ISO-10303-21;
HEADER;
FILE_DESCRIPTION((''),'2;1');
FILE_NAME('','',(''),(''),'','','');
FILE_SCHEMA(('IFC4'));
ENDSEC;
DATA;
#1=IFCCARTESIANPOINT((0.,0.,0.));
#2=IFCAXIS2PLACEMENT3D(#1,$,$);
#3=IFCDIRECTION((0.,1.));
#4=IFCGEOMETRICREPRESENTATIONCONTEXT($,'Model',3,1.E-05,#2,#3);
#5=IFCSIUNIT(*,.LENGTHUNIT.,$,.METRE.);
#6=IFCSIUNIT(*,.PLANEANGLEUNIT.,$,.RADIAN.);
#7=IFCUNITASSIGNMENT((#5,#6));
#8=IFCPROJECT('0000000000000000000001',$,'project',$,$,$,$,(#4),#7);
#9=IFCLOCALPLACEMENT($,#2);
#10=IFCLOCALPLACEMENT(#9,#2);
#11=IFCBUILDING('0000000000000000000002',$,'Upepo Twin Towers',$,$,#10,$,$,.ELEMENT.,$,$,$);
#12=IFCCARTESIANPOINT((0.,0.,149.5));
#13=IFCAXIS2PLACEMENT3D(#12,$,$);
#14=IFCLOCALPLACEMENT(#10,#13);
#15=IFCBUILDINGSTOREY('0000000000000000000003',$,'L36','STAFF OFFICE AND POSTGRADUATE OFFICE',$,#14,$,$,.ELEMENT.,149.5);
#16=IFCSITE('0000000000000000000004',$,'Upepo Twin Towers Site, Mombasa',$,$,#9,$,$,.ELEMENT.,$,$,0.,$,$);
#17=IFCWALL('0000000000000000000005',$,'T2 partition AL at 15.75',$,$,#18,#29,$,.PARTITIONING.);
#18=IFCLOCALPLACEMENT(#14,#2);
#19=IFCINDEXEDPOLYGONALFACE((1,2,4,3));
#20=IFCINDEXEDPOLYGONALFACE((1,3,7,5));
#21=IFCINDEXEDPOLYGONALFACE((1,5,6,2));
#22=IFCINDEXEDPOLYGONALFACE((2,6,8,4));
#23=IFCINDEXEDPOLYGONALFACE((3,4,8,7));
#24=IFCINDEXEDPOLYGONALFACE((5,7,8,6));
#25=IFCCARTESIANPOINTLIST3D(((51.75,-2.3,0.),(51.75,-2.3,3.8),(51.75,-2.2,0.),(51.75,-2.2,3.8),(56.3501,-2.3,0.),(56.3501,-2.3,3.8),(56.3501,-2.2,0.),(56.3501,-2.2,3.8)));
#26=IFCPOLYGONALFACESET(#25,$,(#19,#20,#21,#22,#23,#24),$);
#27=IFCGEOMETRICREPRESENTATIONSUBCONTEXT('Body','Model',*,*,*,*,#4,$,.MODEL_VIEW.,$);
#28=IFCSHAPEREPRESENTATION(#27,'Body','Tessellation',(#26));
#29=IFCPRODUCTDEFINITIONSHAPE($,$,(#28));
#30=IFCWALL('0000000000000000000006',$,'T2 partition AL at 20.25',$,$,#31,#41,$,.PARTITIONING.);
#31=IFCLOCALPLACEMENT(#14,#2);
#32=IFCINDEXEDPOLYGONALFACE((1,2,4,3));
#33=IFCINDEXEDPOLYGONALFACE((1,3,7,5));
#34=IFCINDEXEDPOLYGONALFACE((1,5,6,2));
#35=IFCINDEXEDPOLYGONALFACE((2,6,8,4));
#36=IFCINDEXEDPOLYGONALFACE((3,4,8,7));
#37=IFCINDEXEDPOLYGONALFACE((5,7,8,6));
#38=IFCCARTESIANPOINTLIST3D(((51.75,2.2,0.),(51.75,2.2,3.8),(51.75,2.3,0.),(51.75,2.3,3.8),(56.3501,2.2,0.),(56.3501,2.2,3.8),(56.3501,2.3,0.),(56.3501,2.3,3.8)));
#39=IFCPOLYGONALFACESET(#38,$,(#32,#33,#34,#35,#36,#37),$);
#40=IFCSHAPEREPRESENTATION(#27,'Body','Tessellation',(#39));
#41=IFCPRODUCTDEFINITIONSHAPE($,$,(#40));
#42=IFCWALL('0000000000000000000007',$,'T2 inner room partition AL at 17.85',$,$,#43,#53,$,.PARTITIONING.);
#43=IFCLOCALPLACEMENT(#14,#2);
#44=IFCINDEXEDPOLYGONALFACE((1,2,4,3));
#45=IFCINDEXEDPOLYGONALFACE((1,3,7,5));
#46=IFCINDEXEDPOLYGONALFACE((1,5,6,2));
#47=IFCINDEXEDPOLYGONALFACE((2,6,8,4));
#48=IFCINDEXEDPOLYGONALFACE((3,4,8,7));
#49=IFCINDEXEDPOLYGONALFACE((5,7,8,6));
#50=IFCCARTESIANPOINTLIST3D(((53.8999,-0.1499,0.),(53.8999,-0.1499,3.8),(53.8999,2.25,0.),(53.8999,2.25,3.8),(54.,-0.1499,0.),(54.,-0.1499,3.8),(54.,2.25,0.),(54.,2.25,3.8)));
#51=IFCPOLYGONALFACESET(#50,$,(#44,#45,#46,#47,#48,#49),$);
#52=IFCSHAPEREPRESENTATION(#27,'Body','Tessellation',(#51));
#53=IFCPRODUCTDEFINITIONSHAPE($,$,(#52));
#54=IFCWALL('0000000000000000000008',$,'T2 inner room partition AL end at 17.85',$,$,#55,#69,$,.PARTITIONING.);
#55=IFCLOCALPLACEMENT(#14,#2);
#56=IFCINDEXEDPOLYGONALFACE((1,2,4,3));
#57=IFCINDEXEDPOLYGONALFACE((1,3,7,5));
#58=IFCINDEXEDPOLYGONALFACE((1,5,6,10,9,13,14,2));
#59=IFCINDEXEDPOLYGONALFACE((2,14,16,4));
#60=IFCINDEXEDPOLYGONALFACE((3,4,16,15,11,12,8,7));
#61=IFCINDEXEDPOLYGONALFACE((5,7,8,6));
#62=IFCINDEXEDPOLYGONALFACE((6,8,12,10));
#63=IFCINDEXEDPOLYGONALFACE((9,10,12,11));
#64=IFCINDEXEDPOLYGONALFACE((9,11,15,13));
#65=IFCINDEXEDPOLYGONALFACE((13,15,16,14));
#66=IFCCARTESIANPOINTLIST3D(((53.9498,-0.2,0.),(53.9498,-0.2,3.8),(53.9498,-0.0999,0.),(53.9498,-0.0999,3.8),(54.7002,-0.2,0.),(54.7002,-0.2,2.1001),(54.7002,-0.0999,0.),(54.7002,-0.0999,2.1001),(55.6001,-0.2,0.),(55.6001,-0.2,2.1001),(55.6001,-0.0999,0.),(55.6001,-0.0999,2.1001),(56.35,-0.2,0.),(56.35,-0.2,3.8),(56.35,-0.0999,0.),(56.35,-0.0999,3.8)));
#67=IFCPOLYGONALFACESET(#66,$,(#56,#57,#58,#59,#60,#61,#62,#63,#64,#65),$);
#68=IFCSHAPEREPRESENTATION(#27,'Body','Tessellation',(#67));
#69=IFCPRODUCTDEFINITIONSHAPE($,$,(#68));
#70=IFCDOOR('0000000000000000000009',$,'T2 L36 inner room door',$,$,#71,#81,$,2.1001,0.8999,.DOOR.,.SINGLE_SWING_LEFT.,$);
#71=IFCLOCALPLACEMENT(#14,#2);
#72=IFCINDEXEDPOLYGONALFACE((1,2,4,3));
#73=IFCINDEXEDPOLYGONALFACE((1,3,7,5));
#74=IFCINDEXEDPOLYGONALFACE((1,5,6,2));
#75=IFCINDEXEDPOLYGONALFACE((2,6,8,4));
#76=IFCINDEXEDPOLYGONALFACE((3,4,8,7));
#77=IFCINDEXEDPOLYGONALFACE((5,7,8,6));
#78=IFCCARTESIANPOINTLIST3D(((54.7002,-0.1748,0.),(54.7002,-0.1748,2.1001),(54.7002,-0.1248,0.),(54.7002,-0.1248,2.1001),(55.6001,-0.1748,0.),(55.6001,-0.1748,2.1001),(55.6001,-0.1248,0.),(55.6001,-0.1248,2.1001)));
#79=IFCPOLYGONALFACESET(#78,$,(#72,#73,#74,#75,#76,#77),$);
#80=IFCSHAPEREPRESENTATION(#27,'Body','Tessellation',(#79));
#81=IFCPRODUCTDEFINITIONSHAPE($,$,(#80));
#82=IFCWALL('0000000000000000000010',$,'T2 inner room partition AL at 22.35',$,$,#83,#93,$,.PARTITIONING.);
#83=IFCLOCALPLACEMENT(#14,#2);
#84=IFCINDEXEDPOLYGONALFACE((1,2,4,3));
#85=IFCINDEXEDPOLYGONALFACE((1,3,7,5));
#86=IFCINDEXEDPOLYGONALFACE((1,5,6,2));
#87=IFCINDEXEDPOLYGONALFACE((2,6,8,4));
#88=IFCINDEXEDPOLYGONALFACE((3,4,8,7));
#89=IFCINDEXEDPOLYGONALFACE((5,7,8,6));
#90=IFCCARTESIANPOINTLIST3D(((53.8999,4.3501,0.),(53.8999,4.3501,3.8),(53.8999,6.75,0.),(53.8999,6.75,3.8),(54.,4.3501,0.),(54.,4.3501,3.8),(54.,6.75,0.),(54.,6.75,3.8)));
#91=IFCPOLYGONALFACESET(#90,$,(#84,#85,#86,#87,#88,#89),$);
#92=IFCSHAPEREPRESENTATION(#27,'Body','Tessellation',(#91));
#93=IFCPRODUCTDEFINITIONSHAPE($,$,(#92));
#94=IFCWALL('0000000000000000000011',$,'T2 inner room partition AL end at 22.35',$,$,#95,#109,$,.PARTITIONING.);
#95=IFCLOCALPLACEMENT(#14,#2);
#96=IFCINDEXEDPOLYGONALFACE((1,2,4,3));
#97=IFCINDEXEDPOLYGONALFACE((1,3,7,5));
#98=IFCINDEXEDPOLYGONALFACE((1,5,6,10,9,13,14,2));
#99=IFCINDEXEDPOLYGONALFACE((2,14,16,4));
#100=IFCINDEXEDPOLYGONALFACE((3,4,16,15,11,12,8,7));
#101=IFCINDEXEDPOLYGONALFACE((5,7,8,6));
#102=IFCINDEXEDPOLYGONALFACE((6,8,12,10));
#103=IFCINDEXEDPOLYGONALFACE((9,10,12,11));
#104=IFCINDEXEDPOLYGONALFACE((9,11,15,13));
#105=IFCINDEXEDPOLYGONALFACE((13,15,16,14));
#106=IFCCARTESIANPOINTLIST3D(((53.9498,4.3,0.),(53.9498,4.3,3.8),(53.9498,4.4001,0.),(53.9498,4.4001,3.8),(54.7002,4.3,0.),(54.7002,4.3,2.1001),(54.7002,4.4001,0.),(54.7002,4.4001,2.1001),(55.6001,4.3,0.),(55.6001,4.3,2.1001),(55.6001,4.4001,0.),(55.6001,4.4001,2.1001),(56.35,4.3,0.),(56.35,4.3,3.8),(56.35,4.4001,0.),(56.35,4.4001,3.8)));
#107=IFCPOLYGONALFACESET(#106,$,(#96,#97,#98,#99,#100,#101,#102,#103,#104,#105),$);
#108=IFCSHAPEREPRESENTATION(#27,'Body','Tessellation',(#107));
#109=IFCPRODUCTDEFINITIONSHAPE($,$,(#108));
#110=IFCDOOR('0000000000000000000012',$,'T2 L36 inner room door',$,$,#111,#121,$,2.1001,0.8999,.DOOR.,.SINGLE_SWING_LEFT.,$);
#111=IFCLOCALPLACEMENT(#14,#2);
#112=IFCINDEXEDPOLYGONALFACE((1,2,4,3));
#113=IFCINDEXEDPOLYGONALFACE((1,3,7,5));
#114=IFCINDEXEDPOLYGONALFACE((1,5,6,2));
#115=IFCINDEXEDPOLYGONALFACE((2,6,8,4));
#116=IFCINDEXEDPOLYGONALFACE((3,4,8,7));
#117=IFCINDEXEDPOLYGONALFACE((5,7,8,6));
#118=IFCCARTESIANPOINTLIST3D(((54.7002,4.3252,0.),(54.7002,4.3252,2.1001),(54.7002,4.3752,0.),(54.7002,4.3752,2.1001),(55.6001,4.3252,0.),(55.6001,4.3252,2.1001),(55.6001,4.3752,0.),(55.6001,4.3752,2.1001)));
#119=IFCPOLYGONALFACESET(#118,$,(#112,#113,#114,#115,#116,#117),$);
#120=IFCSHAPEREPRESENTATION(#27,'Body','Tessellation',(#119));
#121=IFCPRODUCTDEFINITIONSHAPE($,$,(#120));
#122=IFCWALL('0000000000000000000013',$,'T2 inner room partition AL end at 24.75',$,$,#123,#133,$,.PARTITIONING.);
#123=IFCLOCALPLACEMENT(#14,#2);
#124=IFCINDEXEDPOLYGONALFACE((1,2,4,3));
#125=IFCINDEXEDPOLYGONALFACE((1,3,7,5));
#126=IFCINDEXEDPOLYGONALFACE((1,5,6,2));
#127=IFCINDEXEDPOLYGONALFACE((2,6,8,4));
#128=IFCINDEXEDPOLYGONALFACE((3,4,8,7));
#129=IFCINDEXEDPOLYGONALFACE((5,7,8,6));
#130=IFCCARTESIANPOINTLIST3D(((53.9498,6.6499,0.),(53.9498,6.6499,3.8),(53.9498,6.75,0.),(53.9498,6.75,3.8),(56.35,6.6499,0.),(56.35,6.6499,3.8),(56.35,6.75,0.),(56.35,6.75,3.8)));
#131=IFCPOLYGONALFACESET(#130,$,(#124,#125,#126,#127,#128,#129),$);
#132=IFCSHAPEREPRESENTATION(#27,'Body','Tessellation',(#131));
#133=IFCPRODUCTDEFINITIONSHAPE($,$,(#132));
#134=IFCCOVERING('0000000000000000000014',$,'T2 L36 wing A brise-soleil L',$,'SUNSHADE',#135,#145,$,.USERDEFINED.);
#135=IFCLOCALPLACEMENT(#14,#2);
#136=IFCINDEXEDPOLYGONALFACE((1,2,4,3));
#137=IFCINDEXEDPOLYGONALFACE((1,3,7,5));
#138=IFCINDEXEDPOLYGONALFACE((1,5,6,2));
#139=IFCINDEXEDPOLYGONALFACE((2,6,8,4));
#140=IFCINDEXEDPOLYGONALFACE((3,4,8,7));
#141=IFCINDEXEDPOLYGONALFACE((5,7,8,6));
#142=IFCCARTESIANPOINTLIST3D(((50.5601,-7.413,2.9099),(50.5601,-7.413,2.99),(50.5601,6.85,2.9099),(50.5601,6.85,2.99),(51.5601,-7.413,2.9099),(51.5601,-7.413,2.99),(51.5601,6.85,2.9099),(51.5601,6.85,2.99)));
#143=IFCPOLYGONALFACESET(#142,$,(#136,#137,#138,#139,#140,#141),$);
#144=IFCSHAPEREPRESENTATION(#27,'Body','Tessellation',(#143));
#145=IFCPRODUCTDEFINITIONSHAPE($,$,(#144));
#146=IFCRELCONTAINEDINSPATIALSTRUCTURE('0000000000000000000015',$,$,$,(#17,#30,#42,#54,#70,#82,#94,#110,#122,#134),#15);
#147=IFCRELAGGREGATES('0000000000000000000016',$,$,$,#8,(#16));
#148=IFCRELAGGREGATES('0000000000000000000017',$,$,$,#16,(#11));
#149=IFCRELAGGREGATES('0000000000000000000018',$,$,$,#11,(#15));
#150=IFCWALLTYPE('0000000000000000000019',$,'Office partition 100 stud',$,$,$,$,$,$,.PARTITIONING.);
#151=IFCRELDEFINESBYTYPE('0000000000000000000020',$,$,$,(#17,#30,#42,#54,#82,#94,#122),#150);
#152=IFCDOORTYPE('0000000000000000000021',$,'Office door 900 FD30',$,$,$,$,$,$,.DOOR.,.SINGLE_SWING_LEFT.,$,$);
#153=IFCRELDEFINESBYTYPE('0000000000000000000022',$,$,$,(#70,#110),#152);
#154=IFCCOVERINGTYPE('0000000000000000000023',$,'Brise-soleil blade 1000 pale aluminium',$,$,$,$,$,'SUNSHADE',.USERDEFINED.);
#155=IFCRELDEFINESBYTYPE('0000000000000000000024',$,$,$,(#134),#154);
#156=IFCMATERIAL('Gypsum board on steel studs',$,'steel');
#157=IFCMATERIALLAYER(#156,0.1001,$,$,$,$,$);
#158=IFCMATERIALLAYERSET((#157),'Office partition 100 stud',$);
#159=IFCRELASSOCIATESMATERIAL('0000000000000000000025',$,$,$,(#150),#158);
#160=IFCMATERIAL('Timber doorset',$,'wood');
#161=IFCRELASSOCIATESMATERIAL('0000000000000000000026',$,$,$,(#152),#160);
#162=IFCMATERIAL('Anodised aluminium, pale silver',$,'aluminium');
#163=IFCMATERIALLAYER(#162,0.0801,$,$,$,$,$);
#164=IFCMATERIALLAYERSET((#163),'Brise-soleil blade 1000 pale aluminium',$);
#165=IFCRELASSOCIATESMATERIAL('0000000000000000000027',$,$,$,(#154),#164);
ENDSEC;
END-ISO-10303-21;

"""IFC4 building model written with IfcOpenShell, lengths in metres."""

from ifc_helpers import new_model, si_unit, direction, frame, frame_2d, origin, origin_2d, place, context, subcontext, project, spatial, rectangle, extrude, material, layer, layer_set, type_object, element, fill, save


model = new_model("IFC4")

# Units and contexts
model_context = context("Model", 3, precision=1e-05, world=origin(), true_north=direction((0.0, 1.0)))
body_context = subcontext(model_context, "Body", "Model", "MODEL_VIEW")
ifc_project = project(units=[si_unit("LENGTHUNIT", "METRE"), si_unit("PLANEANGLEUNIT", "RADIAN")], contexts=[model_context])

# Site, building, storey
site_placement = place(None, origin())
site = spatial("IfcSite", under=ifc_project, at=site_placement, Name="Upepo Twin Towers Site, Mombasa", CompositionType="ELEMENT", RefElevation=0.0)
building_placement = place(site_placement, origin())
building = spatial("IfcBuilding", under=site, at=building_placement, Name="Upepo Twin Towers", CompositionType="ELEMENT")
storey_placement = place(building_placement, frame((0.0, 0.0, 149.5)))
storey = spatial("IfcBuildingStorey", under=building, at=storey_placement, Name="L36", Description="STAFF OFFICE AND POSTGRADUATE OFFICE", CompositionType="ELEMENT", Elevation=149.5)

# Walls
ifc_material_1 = material(Name="Gypsum board on steel studs", Category="steel")
ifc_layer_1 = layer(ifc_material_1, 0.1001)
ifc_layer_set_1 = layer_set([ifc_layer_1], Name="Office partition 100 stud")
wall_type_1 = type_object("IfcWallType", Name="Office partition 100 stud", PredefinedType="PARTITIONING", material=ifc_layer_set_1)
for number, where, z_axis, x_axis, name in (
    (1, (56.3501, -2.25, 0.0), (0.0, 0.0, 1.0), (-1.0, 0.0, 0.0), "T2 partition AL at 15.75"),
    (2, (56.3501, 2.25, 0.0), (0.0, 0.0, 1.0), (-1.0, 0.0, 0.0), "T2 partition AL at 20.25"),
):
    element("IfcWall", number, at=place(storey_placement, frame(where, z_axis=z_axis, x_axis=x_axis)), inside=storey, type_object=wall_type_1, Name=name, PredefinedType="PARTITIONING", context=body_context, shape_type="SweptSolid", body=[
        extrude(rectangle(XDim=4.6001, YDim=0.1001, at=frame_2d((2.3, 0.0))), origin(), (0.0, 0.0, 1.0), 3.8),
    ])
wall_1_placement = place(storey_placement, frame((53.95, -0.1499, 0.0), z_axis=(0.0, 0.0, 1.0), x_axis=(0.0, 1.0, 0.0)))
element("IfcWall", 3, at=wall_1_placement, inside=storey, type_object=wall_type_1, Name="T2 inner room partition AL at 17.85", PredefinedType="PARTITIONING", context=body_context, shape_type="SweptSolid", body=[
    extrude(rectangle(XDim=2.3999, YDim=0.1001, at=frame_2d((1.2, 0.0))), origin(), (0.0, 0.0, 1.0), 3.8),
])

# Wall, opening, door
wall_2_placement = place(storey_placement, frame((56.3501, -0.1499, 0.0), z_axis=(0.0, 0.0, 1.0), x_axis=(-1.0, 0.0, 0.0)))
wall_2 = element("IfcWall", 4, at=wall_2_placement, inside=storey, type_object=wall_type_1, Name="T2 inner room partition AL end at 17.85", PredefinedType="PARTITIONING", context=body_context, shape_type="SweptSolid", body=[
    extrude(rectangle(XDim=2.4001, YDim=0.1001, at=frame_2d((1.2002, 0.0))), origin(), (0.0, 0.0, 1.0), 3.8),
])
opening_1_placement = place(wall_2_placement, frame((0.75, 0.0, 0.0)))
opening_1 = element("IfcOpeningElement", 5, at=opening_1_placement, cuts=wall_2, PredefinedType="OPENING", context=body_context, shape_type="SweptSolid", body=[
    extrude(rectangle(XDim=0.8999, YDim=2.1001, at=frame_2d((0.45, 1.05))), frame((0.0, 0.0601, 0.0), z_axis=(0.0, -1.0, 0.0), x_axis=(1.0, 0.0, 0.0)), (0.0, 0.0, 1.0), 0.1201),
])
ifc_material_2 = material(Name="Timber doorset", Category="wood")
door_type = type_object("IfcDoorType", Name="Office door 900 FD30", OperationType="SINGLE_SWING_LEFT", PredefinedType="DOOR", material=ifc_material_2)
door_1_placement = place(opening_1_placement, origin())
door_1 = element("IfcDoor", 6, at=door_1_placement, inside=storey, type_object=door_type, Name="T2 L36 inner room door", OperationType="SINGLE_SWING_LEFT", OverallHeight=2.1001, OverallWidth=0.8999, PredefinedType="DOOR", context=body_context, shape_type="SweptSolid", body=[
    extrude(rectangle(XDim=0.8999, YDim=2.1001, at=frame_2d((0.45, 1.05))), frame((0.0, 0.0249, 0.0), z_axis=(0.0, -1.0, 0.0), x_axis=(1.0, 0.0, 0.0)), (0.0, 0.0, 1.0), 0.05),
])
fill(opening_1, door_1)

# Wall
wall_3_placement = place(storey_placement, frame((53.95, 4.3501, 0.0), z_axis=(0.0, 0.0, 1.0), x_axis=(0.0, 1.0, 0.0)))
element("IfcWall", 7, at=wall_3_placement, inside=storey, type_object=wall_type_1, Name="T2 inner room partition AL at 22.35", PredefinedType="PARTITIONING", context=body_context, shape_type="SweptSolid", body=[
    extrude(rectangle(XDim=2.3999, YDim=0.1001, at=frame_2d((1.2, 0.0))), origin(), (0.0, 0.0, 1.0), 3.8),
])

# Wall, opening, door
wall_4_placement = place(storey_placement, frame((56.3501, 4.3501, 0.0), z_axis=(0.0, 0.0, 1.0), x_axis=(-1.0, 0.0, 0.0)))
wall_4 = element("IfcWall", 8, at=wall_4_placement, inside=storey, type_object=wall_type_1, Name="T2 inner room partition AL end at 22.35", PredefinedType="PARTITIONING", context=body_context, shape_type="SweptSolid", body=[
    extrude(rectangle(XDim=2.4001, YDim=0.1001, at=frame_2d((1.2002, 0.0))), origin(), (0.0, 0.0, 1.0), 3.8),
])
opening_2_placement = place(wall_4_placement, frame((0.75, 0.0, 0.0)))
opening_2 = element("IfcOpeningElement", 9, at=opening_2_placement, cuts=wall_4, PredefinedType="OPENING", context=body_context, shape_type="SweptSolid", body=[
    extrude(rectangle(XDim=0.8999, YDim=2.1001, at=frame_2d((0.45, 1.05))), frame((0.0, 0.0601, 0.0), z_axis=(0.0, -1.0, 0.0), x_axis=(1.0, 0.0, 0.0)), (0.0, 0.0, 1.0), 0.1201),
])
door_2_placement = place(opening_2_placement, origin())
door_2 = element("IfcDoor", 10, at=door_2_placement, inside=storey, type_object=door_type, Name="T2 L36 inner room door", OperationType="SINGLE_SWING_LEFT", OverallHeight=2.1001, OverallWidth=0.8999, PredefinedType="DOOR", context=body_context, shape_type="SweptSolid", body=[
    extrude(rectangle(XDim=0.8999, YDim=2.1001, at=frame_2d((0.45, 1.05))), frame((0.0, 0.0249, 0.0), z_axis=(0.0, -1.0, 0.0), x_axis=(1.0, 0.0, 0.0)), (0.0, 0.0, 1.0), 0.05),
])
fill(opening_2, door_2)

# Wall
wall_5_placement = place(storey_placement, frame((56.3501, 6.7, 0.0), z_axis=(0.0, 0.0, 1.0), x_axis=(-1.0, 0.0, 0.0)))
element("IfcWall", 11, at=wall_5_placement, inside=storey, type_object=wall_type_1, Name="T2 inner room partition AL end at 24.75", PredefinedType="PARTITIONING", context=body_context, shape_type="SweptSolid", body=[
    extrude(rectangle(XDim=2.4001, YDim=0.1001, at=frame_2d((1.2002, 0.0))), origin(), (0.0, 0.0, 1.0), 3.8),
])

# Covering
ifc_material_3 = material(Name="Anodised aluminium, pale silver", Category="aluminium")
ifc_layer_2 = layer(ifc_material_3, 0.0801)
ifc_layer_set_2 = layer_set([ifc_layer_2], Name="Brise-soleil blade 1000 pale aluminium")
covering_type = type_object("IfcCoveringType", Name="Brise-soleil blade 1000 pale aluminium", ElementType="SUNSHADE", PredefinedType="USERDEFINED", material=ifc_layer_set_2)
covering_placement = place(storey_placement, frame((51.0601, -0.2815, 2.9099), z_axis=(0.0, 0.0, 1.0), x_axis=(0.0, 1.0, 0.0)))
element("IfcCovering", 12, at=covering_placement, inside=storey, type_object=covering_type, Name="T2 L36 wing A brise-soleil L", ObjectType="SUNSHADE", PredefinedType="USERDEFINED", context=body_context, shape_type="SweptSolid", body=[
    extrude(rectangle(XDim=14.2629, YDim=1.0, at=origin_2d()), origin(), (0.0, 0.0, 1.0), 0.0801),
])

save(model, "model.ifc")
